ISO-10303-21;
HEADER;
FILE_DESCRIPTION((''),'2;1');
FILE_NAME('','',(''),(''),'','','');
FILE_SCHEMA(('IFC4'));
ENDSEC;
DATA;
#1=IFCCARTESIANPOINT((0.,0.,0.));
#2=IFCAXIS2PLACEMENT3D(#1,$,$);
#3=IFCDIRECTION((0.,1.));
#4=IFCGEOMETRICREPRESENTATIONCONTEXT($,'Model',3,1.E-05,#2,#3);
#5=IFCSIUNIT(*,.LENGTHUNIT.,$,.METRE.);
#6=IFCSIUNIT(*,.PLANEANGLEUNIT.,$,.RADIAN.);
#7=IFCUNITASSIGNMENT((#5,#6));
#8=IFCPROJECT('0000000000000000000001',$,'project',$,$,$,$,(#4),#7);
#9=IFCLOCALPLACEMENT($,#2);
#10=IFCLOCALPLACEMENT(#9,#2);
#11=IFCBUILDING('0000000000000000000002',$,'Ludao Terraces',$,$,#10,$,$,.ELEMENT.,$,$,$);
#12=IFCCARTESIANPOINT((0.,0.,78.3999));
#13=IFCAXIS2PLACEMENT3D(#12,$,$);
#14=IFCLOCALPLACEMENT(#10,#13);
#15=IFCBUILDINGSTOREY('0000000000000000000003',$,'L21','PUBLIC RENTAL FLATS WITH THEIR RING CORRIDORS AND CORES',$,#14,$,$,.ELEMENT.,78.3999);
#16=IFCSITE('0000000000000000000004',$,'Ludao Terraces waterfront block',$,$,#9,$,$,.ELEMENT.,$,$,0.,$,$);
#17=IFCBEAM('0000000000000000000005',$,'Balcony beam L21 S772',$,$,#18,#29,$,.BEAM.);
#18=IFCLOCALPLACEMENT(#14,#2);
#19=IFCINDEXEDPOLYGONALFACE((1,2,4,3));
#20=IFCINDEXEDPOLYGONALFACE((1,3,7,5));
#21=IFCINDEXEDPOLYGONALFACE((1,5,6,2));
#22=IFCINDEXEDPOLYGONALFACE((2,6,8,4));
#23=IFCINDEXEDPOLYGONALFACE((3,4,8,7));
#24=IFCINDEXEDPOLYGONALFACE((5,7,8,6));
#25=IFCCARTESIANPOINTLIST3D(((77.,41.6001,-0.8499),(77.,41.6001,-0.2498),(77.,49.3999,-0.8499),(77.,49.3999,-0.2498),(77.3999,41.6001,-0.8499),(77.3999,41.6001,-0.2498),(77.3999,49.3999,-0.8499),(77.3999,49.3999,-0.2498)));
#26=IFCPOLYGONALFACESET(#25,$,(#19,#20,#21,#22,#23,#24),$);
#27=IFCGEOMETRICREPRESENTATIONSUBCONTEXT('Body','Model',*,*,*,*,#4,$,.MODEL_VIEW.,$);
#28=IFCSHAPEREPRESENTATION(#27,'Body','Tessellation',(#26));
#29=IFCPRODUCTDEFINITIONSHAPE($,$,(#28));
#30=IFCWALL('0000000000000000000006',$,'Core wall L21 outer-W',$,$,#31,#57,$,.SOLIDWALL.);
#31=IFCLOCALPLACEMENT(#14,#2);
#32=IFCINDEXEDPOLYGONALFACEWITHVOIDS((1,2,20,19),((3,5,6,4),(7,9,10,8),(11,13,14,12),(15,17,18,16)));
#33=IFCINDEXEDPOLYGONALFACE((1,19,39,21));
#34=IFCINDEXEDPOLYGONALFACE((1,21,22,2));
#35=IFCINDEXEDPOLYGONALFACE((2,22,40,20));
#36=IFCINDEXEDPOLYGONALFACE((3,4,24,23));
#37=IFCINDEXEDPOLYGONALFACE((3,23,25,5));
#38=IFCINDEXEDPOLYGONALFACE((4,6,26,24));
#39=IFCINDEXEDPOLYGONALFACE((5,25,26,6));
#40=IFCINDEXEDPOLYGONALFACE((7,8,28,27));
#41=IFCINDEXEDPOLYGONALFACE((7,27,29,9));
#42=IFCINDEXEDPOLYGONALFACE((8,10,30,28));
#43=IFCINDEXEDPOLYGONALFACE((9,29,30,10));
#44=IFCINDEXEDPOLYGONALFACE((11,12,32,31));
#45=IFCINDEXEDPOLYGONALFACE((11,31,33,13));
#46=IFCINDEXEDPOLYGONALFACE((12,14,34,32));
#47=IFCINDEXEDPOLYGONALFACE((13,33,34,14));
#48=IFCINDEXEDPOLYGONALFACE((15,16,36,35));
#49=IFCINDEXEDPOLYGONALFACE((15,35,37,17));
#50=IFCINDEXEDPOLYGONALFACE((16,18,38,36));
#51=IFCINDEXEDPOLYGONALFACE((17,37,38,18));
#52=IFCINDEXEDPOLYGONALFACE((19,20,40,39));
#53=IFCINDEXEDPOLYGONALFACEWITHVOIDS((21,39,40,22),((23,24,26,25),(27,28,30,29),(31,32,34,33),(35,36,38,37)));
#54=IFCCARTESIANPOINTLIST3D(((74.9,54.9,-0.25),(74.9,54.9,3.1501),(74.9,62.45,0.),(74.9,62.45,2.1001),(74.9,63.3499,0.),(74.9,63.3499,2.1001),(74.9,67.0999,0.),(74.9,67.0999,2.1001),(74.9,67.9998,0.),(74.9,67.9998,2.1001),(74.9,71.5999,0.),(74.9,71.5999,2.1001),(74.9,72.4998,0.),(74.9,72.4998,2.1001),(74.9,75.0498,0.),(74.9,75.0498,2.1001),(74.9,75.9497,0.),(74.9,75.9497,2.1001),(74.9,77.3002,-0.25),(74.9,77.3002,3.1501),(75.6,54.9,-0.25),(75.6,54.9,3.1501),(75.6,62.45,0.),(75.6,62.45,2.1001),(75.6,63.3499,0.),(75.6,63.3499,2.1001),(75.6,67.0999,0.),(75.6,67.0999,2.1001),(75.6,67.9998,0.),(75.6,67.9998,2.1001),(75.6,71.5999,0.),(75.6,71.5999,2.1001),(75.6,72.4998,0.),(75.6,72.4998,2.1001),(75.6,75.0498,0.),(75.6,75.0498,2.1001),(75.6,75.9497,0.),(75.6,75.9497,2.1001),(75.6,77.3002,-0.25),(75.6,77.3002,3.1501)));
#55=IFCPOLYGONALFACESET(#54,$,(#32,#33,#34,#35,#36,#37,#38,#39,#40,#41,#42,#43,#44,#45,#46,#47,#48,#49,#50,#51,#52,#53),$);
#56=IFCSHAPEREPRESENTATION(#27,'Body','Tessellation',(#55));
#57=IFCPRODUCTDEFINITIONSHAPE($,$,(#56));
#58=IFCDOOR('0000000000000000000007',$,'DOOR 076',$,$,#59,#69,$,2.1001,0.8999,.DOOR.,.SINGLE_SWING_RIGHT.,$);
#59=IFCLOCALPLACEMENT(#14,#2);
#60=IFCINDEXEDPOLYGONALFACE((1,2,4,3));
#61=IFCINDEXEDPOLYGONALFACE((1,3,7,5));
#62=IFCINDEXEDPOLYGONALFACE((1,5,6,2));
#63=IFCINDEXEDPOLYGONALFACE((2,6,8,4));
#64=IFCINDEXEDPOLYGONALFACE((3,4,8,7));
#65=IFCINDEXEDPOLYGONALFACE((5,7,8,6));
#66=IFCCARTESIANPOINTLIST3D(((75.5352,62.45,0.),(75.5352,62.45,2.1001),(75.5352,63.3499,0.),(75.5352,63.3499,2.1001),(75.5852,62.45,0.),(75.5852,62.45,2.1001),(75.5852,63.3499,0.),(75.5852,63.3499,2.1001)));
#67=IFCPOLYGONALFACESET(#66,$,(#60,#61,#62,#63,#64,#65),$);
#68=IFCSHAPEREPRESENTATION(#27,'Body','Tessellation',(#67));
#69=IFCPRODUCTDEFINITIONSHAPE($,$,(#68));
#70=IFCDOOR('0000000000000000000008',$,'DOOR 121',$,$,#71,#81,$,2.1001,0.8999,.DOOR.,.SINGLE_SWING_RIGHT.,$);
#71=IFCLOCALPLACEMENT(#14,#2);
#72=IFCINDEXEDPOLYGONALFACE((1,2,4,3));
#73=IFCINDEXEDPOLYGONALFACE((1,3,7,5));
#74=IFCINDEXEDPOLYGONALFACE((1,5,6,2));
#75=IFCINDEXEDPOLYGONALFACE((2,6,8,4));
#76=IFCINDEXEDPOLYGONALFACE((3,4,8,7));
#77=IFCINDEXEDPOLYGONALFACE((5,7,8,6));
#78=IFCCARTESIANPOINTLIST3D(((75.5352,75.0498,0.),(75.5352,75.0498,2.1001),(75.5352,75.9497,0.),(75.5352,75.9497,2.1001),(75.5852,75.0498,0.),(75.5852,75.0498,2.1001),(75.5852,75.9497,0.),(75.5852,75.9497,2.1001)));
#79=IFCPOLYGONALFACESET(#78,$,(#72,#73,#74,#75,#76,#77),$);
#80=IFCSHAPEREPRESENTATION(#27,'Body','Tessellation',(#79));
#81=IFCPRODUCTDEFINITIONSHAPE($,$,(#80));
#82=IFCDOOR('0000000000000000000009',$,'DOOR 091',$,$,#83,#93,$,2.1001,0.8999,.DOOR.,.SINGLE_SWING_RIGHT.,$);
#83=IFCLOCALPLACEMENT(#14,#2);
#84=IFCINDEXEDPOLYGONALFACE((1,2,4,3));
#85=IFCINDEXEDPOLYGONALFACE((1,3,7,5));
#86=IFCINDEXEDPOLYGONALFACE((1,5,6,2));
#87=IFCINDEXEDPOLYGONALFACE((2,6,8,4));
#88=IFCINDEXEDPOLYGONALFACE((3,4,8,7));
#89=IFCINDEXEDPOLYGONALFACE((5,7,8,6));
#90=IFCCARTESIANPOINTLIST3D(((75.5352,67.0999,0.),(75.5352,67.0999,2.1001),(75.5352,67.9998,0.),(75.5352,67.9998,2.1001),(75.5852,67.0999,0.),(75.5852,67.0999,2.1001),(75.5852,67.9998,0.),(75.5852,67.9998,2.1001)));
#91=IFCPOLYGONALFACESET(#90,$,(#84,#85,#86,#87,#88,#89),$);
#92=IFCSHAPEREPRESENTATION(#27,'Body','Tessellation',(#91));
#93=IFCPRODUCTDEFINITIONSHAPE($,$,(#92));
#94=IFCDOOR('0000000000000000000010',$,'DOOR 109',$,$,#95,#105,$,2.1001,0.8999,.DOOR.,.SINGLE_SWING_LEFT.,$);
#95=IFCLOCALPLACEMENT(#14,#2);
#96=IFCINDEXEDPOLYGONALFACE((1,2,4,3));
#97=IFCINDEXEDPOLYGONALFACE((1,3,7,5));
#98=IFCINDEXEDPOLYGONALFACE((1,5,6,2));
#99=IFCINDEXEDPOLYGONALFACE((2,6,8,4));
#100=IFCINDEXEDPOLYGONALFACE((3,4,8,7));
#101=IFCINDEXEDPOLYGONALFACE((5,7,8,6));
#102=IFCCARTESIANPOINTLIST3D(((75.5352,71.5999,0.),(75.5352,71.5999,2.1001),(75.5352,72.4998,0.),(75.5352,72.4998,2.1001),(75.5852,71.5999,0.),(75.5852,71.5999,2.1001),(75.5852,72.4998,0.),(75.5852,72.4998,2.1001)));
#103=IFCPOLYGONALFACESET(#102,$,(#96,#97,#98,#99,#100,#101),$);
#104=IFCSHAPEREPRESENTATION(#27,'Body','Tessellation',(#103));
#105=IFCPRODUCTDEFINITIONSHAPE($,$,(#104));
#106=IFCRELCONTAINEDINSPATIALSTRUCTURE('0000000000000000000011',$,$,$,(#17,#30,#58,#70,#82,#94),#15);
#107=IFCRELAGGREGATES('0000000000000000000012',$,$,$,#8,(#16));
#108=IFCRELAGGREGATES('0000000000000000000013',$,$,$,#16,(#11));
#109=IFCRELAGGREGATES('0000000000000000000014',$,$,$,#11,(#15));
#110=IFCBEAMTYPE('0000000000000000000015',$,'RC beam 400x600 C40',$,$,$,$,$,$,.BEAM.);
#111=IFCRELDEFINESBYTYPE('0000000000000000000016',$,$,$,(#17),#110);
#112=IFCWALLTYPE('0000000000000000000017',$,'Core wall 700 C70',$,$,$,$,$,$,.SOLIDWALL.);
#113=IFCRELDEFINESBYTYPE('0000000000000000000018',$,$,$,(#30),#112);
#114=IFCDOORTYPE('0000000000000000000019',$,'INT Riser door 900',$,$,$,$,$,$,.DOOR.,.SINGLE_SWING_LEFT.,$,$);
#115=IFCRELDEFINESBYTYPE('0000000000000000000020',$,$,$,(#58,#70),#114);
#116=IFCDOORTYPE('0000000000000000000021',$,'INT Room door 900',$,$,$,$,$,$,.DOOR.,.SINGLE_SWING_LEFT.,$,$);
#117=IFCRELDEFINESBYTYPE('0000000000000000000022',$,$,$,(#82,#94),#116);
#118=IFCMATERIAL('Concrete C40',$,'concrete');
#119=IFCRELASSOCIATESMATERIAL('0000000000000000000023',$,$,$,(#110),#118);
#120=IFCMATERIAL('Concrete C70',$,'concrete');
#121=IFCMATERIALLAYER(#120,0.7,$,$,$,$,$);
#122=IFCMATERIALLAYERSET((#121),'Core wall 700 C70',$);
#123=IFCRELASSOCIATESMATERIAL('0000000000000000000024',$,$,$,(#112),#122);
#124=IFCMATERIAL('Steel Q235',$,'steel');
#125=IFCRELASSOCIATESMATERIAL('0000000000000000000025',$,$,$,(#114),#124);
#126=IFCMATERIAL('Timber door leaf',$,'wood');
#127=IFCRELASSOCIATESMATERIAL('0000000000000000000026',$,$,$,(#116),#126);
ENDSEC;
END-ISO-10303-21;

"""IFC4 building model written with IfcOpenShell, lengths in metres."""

from ifc_helpers import new_model, si_unit, direction, frame, frame_2d, origin, origin_2d, place, context, subcontext, project, spatial, rectangle, extrude, material, layer, layer_set, material_profile, profile_set, type_object, element, fill, save


model = new_model("IFC4")

# Units and contexts
model_context = context("Model", 3, precision=1e-05, world=origin(), true_north=direction((0.0, 1.0)))
body_context = subcontext(model_context, "Body", "Model", "MODEL_VIEW")
ifc_project = project(units=[si_unit("LENGTHUNIT", "METRE"), si_unit("PLANEANGLEUNIT", "RADIAN")], contexts=[model_context])

# Site, building, storey
site_placement = place(None, origin())
site = spatial("IfcSite", under=ifc_project, at=site_placement, Name="Ludao Terraces waterfront block", CompositionType="ELEMENT", RefElevation=0.0)
building_placement = place(site_placement, origin())
building = spatial("IfcBuilding", under=site, at=building_placement, Name="Ludao Terraces", CompositionType="ELEMENT")
storey_placement = place(building_placement, frame((0.0, 0.0, 78.3999)))
storey = spatial("IfcBuildingStorey", under=building, at=storey_placement, Name="L21", Description="PUBLIC RENTAL FLATS WITH THEIR RING CORRIDORS AND CORES", CompositionType="ELEMENT", Elevation=78.3999)

# Beam
ifc_material_1 = material(Name="Concrete C40", Category="concrete")
ifc_material_profile = material_profile(ifc_material_1, rectangle(XDim=0.3999, YDim=0.6001, at=origin_2d()), Name="400 X 600")
ifc_profile_set = profile_set([ifc_material_profile], Name="Concrete C40")
beam_type = type_object("IfcBeamType", Name="RC beam 400x600 C40", PredefinedType="BEAM", material=ifc_profile_set)
beam_placement = place(storey_placement, frame((77.2, 49.3999, -0.5498), z_axis=(0.0, -1.0, 0.0), x_axis=(1.0, 0.0, 0.0)))
element("IfcBeam", 1, at=beam_placement, inside=storey, type_object=beam_type, Name="Balcony beam L21 S772", PredefinedType="BEAM", context=body_context, shape_type="SweptSolid", body=[
    extrude(rectangle(XDim=0.3999, YDim=0.6001, at=origin_2d()), origin(), (0.0, 0.0, 1.0), 7.7998),
])

# Wall, openings, doors
ifc_material_2 = material(Name="Concrete C70", Category="concrete")
ifc_layer_1 = layer(ifc_material_2, 0.7)
ifc_layer_set_1 = layer_set([ifc_layer_1], Name="Core wall 700 C70")
wall_type_1 = type_object("IfcWallType", Name="Core wall 700 C70", PredefinedType="SOLIDWALL", material=ifc_layer_set_1)
wall_1_placement = place(storey_placement, frame((75.25, 54.8999, -0.25), z_axis=(0.0, 0.0, 1.0), x_axis=(0.0, 1.0, 0.0)))
wall_1 = element("IfcWall", 2, at=wall_1_placement, inside=storey, type_object=wall_type_1, Name="Core wall L21 outer-W", PredefinedType="SOLIDWALL", context=body_context, shape_type="SweptSolid", body=[
    extrude(rectangle(XDim=22.4001, YDim=0.7, at=frame_2d((11.2002, 0.0))), origin(), (0.0, 0.0, 1.0), 3.4001),
])
opening_1_placement = place(wall_1_placement, frame((7.55, 0.0, 0.25)))
opening_1 = element("IfcOpeningElement", 3, at=opening_1_placement, cuts=wall_1, PredefinedType="OPENING", context=body_context, shape_type="SweptSolid", body=[
    extrude(rectangle(XDim=0.8999, YDim=2.1001, at=frame_2d((0.45, 1.05))), frame((0.0, 0.3599, 0.0), z_axis=(0.0, -1.0, 0.0), x_axis=(1.0, 0.0, 0.0)), (0.0, 0.0, 1.0), 0.72),
])
opening_2_placement = place(wall_1_placement, frame((12.2, 0.0, 0.25)))
opening_2 = element("IfcOpeningElement", 4, at=opening_2_placement, cuts=wall_1, PredefinedType="OPENING", context=body_context, shape_type="SweptSolid", body=[
    extrude(rectangle(XDim=0.8999, YDim=2.1001, at=frame_2d((0.45, 1.05))), frame((0.0, 0.3599, 0.0), z_axis=(0.0, -1.0, 0.0), x_axis=(1.0, 0.0, 0.0)), (0.0, 0.0, 1.0), 0.72),
])
opening_3_placement = place(wall_1_placement, frame((16.7, 0.0, 0.25)))
opening_3 = element("IfcOpeningElement", 5, at=opening_3_placement, cuts=wall_1, PredefinedType="OPENING", context=body_context, shape_type="SweptSolid", body=[
    extrude(rectangle(XDim=0.8999, YDim=2.1001, at=frame_2d((0.45, 1.05))), frame((0.0, 0.3599, 0.0), z_axis=(0.0, -1.0, 0.0), x_axis=(1.0, 0.0, 0.0)), (0.0, 0.0, 1.0), 0.72),
])
opening_4_placement = place(wall_1_placement, frame((20.1499, 0.0, 0.25)))
opening_4 = element("IfcOpeningElement", 6, at=opening_4_placement, cuts=wall_1, PredefinedType="OPENING", context=body_context, shape_type="SweptSolid", body=[
    extrude(rectangle(XDim=0.8999, YDim=2.1001, at=frame_2d((0.45, 1.05))), frame((0.0, 0.3599, 0.0), z_axis=(0.0, -1.0, 0.0), x_axis=(1.0, 0.0, 0.0)), (0.0, 0.0, 1.0), 0.72),
])
ifc_material_3 = material(Name="Steel Q235", Category="steel")
door_type_1 = type_object("IfcDoorType", Name="INT Riser door 900", OperationType="SINGLE_SWING_LEFT", PredefinedType="DOOR", material=ifc_material_3)
door_1_placement = place(opening_1_placement, origin())
door_1 = element("IfcDoor", 7, at=door_1_placement, inside=storey, type_object=door_type_1, Name="DOOR 076", OperationType="SINGLE_SWING_RIGHT", OverallHeight=2.1001, OverallWidth=0.8999, PredefinedType="DOOR", context=body_context, shape_type="SweptSolid", body=[
    extrude(rectangle(XDim=0.8999, YDim=2.1001, at=frame_2d((0.45, 1.05))), frame((0.0, -0.2852, 0.0), z_axis=(0.0, -1.0, 0.0), x_axis=(1.0, 0.0, 0.0)), (0.0, 0.0, 1.0), 0.05),
])
fill(opening_1, door_1)
door_2_placement = place(opening_4_placement, origin())
door_2 = element("IfcDoor", 8, at=door_2_placement, inside=storey, type_object=door_type_1, Name="DOOR 121", OperationType="SINGLE_SWING_RIGHT", OverallHeight=2.1001, OverallWidth=0.8999, PredefinedType="DOOR", context=body_context, shape_type="SweptSolid", body=[
    extrude(rectangle(XDim=0.8999, YDim=2.1001, at=frame_2d((0.45, 1.05))), frame((0.0, -0.2852, 0.0), z_axis=(0.0, -1.0, 0.0), x_axis=(1.0, 0.0, 0.0)), (0.0, 0.0, 1.0), 0.05),
])
fill(opening_4, door_2)
ifc_material_4 = material(Name="Timber door leaf", Category="wood")
door_type_2 = type_object("IfcDoorType", Name="INT Room door 900", OperationType="SINGLE_SWING_LEFT", PredefinedType="DOOR", material=ifc_material_4)
door_3_placement = place(opening_2_placement, origin())
door_3 = element("IfcDoor", 9, at=door_3_placement, inside=storey, type_object=door_type_2, Name="DOOR 091", OperationType="SINGLE_SWING_RIGHT", OverallHeight=2.1001, OverallWidth=0.8999, PredefinedType="DOOR", context=body_context, shape_type="SweptSolid", body=[
    extrude(rectangle(XDim=0.8999, YDim=2.1001, at=frame_2d((0.45, 1.05))), frame((0.0, -0.2852, 0.0), z_axis=(0.0, -1.0, 0.0), x_axis=(1.0, 0.0, 0.0)), (0.0, 0.0, 1.0), 0.05),
])
fill(opening_2, door_3)
door_4_placement = place(opening_3_placement, origin())
door_4 = element("IfcDoor", 10, at=door_4_placement, inside=storey, type_object=door_type_2, Name="DOOR 109", OperationType="SINGLE_SWING_LEFT", OverallHeight=2.1001, OverallWidth=0.8999, PredefinedType="DOOR", context=body_context, shape_type="SweptSolid", body=[
    extrude(rectangle(XDim=0.8999, YDim=2.1001, at=frame_2d((0.45, 1.05))), frame((0.0, -0.2852, 0.0), z_axis=(0.0, -1.0, 0.0), x_axis=(1.0, 0.0, 0.0)), (0.0, 0.0, 1.0), 0.05),
])
fill(opening_3, door_4)

save(model, "model.ifc")
